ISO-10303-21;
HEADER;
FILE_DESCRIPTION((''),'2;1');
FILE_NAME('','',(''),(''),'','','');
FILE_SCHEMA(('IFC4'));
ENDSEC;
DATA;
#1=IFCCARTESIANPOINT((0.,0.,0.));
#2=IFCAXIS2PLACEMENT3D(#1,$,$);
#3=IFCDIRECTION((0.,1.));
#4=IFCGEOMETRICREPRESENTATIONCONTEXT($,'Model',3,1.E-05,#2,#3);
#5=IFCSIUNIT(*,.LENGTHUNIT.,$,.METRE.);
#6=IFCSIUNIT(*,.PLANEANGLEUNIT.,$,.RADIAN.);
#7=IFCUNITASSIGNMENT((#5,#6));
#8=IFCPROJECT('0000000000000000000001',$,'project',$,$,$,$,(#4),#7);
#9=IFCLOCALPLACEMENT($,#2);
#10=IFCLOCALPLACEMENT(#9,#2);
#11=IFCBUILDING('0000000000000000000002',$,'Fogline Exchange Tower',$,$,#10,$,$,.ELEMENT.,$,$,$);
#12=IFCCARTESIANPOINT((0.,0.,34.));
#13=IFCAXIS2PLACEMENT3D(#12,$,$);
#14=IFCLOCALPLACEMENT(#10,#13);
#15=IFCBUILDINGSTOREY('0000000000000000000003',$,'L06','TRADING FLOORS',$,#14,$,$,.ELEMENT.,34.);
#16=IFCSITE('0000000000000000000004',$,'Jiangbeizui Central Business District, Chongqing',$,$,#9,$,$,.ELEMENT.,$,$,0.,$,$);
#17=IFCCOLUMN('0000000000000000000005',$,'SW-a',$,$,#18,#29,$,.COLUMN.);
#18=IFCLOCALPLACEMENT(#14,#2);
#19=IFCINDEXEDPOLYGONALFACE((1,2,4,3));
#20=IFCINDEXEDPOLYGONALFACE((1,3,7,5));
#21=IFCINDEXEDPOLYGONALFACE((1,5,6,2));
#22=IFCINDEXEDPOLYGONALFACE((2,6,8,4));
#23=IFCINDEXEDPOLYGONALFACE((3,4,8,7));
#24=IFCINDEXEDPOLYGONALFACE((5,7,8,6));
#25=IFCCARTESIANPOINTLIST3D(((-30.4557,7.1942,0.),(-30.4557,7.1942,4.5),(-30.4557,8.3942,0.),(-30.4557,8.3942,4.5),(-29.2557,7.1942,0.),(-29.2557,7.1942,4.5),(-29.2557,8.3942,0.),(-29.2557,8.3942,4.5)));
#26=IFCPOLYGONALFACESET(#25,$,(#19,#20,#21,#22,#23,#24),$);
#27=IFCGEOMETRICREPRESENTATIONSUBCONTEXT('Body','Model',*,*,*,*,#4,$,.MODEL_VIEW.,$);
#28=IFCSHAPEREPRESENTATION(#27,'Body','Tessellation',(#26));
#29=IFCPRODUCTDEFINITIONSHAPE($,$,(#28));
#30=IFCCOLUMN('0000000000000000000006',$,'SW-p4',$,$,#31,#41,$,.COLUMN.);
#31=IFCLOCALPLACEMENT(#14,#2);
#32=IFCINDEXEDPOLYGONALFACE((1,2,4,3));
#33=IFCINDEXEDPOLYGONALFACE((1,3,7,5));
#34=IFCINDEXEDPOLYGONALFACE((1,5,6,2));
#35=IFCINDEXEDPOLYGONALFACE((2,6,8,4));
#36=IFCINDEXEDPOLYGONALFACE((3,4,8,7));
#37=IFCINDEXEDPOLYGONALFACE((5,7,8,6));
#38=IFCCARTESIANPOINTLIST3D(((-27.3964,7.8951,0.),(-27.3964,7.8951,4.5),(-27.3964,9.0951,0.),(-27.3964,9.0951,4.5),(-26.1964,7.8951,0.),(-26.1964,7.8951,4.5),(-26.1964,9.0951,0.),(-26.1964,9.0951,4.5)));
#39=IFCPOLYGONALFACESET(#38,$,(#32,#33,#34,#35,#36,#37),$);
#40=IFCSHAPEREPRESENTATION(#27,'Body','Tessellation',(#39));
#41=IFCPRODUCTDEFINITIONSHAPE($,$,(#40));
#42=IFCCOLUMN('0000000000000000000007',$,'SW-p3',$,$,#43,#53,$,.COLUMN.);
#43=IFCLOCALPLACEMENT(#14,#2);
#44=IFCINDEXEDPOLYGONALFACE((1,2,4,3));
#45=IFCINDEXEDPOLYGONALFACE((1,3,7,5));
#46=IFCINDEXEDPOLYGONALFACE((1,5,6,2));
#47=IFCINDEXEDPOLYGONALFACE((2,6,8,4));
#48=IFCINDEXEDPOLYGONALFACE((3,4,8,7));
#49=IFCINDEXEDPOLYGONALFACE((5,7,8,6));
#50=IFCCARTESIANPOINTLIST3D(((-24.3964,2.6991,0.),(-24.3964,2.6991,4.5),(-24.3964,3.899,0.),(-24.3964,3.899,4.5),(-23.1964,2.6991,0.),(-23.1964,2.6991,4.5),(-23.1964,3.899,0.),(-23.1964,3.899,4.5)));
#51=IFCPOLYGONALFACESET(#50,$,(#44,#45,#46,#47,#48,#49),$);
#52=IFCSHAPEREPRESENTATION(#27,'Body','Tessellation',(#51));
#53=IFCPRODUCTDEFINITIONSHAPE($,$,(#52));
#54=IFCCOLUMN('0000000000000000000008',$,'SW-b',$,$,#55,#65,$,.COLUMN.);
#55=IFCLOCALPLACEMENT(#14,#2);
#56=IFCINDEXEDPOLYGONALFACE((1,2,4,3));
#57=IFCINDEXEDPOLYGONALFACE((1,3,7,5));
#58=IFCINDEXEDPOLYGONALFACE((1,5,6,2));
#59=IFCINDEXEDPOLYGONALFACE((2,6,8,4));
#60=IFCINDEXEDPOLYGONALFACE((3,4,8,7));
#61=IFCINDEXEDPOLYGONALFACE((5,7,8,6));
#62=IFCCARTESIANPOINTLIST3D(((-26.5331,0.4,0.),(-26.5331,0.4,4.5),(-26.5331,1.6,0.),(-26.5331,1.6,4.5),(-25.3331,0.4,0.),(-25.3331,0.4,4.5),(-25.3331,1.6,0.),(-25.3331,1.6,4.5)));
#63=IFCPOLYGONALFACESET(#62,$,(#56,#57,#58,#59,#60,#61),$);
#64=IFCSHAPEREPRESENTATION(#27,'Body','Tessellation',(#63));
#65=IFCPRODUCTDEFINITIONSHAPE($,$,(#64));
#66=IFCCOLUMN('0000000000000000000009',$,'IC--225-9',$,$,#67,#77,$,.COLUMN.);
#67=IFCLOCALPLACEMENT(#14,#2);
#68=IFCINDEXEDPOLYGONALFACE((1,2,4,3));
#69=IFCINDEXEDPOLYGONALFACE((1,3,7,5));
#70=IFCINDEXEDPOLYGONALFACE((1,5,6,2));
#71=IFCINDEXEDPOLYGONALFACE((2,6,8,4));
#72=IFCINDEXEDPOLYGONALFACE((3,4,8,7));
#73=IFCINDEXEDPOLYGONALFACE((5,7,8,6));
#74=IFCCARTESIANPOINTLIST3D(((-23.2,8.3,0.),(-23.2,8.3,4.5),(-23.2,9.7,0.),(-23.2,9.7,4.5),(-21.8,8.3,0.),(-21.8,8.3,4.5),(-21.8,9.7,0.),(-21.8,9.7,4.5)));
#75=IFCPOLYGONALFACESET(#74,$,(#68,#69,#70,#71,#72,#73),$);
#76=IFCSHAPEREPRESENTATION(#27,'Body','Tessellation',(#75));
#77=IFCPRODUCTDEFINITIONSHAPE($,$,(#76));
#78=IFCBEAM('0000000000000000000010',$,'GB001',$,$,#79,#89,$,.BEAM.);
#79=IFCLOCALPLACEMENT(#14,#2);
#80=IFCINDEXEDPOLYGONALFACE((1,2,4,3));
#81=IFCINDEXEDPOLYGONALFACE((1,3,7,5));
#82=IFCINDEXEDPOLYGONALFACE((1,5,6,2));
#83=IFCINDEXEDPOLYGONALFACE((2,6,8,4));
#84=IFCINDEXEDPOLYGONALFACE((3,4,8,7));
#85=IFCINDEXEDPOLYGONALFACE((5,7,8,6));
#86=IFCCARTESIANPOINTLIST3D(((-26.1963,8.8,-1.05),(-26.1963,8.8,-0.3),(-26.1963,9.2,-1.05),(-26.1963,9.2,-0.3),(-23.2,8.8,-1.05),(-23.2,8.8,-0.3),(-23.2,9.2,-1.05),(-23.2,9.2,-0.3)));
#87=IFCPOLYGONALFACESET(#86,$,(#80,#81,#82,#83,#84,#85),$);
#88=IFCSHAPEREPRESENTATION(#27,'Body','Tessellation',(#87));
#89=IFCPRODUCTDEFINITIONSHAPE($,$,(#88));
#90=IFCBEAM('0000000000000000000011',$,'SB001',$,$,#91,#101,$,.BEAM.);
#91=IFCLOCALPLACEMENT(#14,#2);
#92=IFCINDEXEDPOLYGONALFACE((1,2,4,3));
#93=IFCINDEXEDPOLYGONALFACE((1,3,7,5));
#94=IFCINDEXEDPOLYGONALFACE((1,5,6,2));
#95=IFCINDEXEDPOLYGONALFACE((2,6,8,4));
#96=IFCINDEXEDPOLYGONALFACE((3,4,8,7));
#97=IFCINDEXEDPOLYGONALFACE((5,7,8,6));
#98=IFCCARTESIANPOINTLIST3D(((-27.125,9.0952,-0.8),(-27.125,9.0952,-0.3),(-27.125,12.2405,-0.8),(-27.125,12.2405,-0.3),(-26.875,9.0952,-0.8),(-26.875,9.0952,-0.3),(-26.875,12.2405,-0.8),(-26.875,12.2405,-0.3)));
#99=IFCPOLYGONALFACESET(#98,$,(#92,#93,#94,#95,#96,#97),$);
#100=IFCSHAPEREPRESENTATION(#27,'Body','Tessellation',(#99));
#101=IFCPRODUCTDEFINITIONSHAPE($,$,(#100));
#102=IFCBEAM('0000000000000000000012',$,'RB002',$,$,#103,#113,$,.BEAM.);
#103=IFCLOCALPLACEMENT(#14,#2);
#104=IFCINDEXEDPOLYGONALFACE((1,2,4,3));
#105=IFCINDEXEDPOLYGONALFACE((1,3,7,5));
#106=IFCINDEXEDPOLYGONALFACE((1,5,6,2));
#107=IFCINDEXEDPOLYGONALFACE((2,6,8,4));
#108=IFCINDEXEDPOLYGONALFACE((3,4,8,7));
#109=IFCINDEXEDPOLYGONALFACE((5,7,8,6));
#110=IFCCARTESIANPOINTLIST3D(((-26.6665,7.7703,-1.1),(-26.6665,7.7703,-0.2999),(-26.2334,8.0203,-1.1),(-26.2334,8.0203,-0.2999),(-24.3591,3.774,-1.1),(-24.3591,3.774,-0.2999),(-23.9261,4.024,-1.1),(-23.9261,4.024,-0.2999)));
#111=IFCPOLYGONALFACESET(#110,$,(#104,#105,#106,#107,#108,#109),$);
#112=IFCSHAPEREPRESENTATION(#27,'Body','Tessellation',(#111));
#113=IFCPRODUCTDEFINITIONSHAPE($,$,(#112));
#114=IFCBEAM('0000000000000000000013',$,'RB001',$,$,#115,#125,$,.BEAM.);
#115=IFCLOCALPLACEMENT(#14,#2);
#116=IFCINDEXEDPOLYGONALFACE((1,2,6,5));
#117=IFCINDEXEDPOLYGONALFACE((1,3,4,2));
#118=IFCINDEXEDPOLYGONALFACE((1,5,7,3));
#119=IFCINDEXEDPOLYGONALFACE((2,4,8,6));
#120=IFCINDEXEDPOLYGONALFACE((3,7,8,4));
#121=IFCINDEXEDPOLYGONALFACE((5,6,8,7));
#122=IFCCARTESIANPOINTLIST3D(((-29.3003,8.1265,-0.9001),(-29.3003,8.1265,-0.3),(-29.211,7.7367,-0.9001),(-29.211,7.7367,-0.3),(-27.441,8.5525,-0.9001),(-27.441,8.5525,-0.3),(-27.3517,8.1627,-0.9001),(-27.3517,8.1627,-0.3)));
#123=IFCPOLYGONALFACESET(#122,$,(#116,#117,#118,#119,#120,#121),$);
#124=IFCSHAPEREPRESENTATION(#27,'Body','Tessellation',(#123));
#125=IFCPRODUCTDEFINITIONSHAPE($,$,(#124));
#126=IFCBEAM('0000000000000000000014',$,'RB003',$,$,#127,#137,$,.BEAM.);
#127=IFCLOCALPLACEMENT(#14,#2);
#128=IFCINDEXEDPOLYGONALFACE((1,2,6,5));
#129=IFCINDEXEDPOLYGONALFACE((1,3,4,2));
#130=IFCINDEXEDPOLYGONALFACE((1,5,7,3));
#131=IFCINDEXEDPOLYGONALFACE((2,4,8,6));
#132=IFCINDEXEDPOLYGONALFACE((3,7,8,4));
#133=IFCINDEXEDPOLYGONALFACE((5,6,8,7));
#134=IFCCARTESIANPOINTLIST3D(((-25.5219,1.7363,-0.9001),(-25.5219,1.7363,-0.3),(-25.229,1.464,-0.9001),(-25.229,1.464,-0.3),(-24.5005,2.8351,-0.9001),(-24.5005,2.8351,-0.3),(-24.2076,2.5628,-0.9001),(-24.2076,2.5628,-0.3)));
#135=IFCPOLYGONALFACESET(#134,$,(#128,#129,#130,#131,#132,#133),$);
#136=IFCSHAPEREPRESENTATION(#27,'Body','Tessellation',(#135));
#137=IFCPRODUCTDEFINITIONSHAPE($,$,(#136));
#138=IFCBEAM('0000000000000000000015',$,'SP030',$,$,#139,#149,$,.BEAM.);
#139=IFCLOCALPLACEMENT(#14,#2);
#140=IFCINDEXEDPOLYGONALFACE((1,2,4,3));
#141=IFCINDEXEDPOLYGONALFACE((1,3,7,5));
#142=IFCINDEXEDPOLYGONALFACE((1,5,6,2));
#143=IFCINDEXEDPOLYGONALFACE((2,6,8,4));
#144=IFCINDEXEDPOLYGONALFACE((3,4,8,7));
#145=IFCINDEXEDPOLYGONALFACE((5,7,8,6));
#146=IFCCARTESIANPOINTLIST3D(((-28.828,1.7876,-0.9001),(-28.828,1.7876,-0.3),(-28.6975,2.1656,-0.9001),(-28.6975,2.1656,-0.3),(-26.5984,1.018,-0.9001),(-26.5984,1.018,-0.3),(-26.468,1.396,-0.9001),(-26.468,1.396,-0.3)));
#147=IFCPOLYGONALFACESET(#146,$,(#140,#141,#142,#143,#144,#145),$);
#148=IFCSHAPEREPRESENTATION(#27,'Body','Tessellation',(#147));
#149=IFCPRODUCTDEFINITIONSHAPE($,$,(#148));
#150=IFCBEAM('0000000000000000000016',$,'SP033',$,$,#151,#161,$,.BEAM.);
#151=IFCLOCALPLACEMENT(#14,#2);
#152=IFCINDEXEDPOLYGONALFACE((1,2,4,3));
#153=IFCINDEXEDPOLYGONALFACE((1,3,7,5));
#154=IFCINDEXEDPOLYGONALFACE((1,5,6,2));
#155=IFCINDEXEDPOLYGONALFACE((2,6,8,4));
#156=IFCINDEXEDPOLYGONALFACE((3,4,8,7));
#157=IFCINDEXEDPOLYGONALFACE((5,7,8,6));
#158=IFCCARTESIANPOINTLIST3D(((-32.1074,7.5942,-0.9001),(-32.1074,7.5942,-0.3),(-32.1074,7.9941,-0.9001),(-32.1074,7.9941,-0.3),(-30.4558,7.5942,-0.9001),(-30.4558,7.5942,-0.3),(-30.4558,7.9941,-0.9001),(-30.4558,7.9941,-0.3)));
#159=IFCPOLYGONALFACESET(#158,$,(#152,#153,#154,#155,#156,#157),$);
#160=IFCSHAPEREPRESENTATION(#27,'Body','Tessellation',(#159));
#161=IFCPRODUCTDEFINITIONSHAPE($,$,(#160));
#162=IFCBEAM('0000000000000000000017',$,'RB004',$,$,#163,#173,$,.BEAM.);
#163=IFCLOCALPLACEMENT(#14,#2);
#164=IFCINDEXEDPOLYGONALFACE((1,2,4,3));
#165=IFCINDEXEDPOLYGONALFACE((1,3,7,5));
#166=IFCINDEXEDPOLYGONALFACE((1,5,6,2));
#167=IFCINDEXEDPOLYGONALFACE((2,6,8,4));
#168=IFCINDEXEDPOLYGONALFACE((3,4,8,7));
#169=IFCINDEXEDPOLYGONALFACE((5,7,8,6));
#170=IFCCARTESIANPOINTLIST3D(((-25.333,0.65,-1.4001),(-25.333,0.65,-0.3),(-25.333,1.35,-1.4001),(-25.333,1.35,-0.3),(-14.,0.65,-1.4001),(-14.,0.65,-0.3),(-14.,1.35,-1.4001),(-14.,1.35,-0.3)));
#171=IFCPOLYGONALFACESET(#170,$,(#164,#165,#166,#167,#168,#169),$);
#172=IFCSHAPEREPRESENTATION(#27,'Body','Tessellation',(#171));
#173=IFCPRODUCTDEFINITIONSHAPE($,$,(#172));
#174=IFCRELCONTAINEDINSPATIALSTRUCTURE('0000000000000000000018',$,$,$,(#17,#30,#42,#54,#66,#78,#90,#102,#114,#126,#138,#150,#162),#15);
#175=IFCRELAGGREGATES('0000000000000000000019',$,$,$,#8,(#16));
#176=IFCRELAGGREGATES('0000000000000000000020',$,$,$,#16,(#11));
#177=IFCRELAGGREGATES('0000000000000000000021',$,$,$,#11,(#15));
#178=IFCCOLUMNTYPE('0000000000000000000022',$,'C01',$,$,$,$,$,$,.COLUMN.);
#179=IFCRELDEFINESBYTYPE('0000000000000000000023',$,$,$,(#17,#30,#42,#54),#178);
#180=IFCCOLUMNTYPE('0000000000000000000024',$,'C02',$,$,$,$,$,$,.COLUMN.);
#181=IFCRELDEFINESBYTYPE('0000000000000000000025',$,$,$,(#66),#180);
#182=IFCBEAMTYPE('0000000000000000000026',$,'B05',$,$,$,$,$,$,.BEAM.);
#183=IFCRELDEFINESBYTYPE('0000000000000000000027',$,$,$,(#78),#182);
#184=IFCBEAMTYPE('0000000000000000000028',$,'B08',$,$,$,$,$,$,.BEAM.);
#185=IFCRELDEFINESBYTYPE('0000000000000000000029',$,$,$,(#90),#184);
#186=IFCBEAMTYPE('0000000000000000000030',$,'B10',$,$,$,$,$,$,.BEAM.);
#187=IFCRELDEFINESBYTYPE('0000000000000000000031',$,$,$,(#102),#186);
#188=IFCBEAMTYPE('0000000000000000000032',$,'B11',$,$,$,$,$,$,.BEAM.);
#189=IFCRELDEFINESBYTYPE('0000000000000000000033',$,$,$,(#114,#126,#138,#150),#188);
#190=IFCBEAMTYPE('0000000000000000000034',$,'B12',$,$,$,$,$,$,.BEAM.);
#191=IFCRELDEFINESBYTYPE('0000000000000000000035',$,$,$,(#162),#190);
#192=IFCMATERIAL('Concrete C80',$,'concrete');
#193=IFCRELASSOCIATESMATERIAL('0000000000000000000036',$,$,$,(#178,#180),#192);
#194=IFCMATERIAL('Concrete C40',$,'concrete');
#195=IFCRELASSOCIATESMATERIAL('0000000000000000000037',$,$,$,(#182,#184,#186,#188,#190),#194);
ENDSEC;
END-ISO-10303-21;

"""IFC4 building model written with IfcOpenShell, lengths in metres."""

from ifc_helpers import new_model, si_unit, direction, frame, origin, origin_2d, place, context, subcontext, project, spatial, rectangle, extrude, material, material_profile, profile_set, type_object, element, save


model = new_model("IFC4")

# Units and contexts
model_context = context("Model", 3, precision=1e-05, world=origin(), true_north=direction((0.0, 1.0)))
body_context = subcontext(model_context, "Body", "Model", "MODEL_VIEW")
ifc_project = project(units=[si_unit("LENGTHUNIT", "METRE"), si_unit("PLANEANGLEUNIT", "RADIAN")], contexts=[model_context])

# Site, building, storey
site_placement = place(None, origin())
site = spatial("IfcSite", under=ifc_project, at=site_placement, Name="Jiangbeizui Central Business District, Chongqing", CompositionType="ELEMENT", RefElevation=0.0)
building_placement = place(site_placement, origin())
building = spatial("IfcBuilding", under=site, at=building_placement, Name="Fogline Exchange Tower", CompositionType="ELEMENT")
storey_placement = place(building_placement, frame((0.0, 0.0, 34.0)))
storey = spatial("IfcBuildingStorey", under=building, at=storey_placement, Name="L06", Description="TRADING FLOORS", CompositionType="ELEMENT", Elevation=34.0)

# Columns
ifc_material_1 = material(Name="Concrete C80", Category="concrete")
ifc_material_profile_1 = material_profile(ifc_material_1, rectangle(XDim=1.2, YDim=1.2, at=origin_2d()), Name="RC 1200x1200")
ifc_profile_set_1 = profile_set([ifc_material_profile_1], Name="Concrete C80")
column_type_1 = type_object("IfcColumnType", Name="C01", PredefinedType="COLUMN", material=ifc_profile_set_1)
for number, where, z_axis, x_axis, name in (
    (1, (-29.8557, 7.7942, 0.0), (0.0, 0.0, 1.0), (1.0, 0.0, 0.0), "SW-a"),
    (2, (-26.7964, 8.4951, 0.0), (0.0, 0.0, 1.0), (1.0, 0.0, 0.0), "SW-p4"),
    (3, (-23.7964, 3.2991, 0.0), (0.0, 0.0, 1.0), (1.0, 0.0, 0.0), "SW-p3"),
    (4, (-25.9331, 1.0, 0.0), (0.0, 0.0, 1.0), (1.0, 0.0, 0.0), "SW-b"),
):
    element("IfcColumn", number, at=place(storey_placement, frame(where, z_axis=z_axis, x_axis=x_axis)), inside=storey, type_object=column_type_1, Name=name, PredefinedType="COLUMN", context=body_context, shape_type="SweptSolid", body=[
        extrude(rectangle(XDim=1.2, YDim=1.2, at=origin_2d()), origin(), (0.0, 0.0, 1.0), 4.5),
    ])
ifc_material_profile_2 = material_profile(ifc_material_1, rectangle(XDim=1.3999, YDim=1.3999, at=origin_2d()), Name="RC 1400x1400")
ifc_profile_set_2 = profile_set([ifc_material_profile_2], Name="Concrete C80")
column_type_2 = type_object("IfcColumnType", Name="C02", PredefinedType="COLUMN", material=ifc_profile_set_2)
column_placement = place(storey_placement, frame((-22.5, 9.0, 0.0), z_axis=(0.0, 0.0, 1.0), x_axis=(1.0, 0.0, 0.0)))
element("IfcColumn", 5, at=column_placement, inside=storey, type_object=column_type_2, Name="IC--225-9", PredefinedType="COLUMN", context=body_context, shape_type="SweptSolid", body=[
    extrude(rectangle(XDim=1.3999, YDim=1.3999, at=origin_2d()), origin(), (0.0, 0.0, 1.0), 4.5),
])

# Beams
ifc_material_2 = material(Name="Concrete C40", Category="concrete")
ifc_material_profile_3 = material_profile(ifc_material_2, rectangle(XDim=0.3999, YDim=0.75, at=origin_2d()), Name="RC 400x750")
ifc_profile_set_3 = profile_set([ifc_material_profile_3], Name="Concrete C40")
beam_type_1 = type_object("IfcBeamType", Name="B05", PredefinedType="BEAM", material=ifc_profile_set_3)
beam_1_placement = place(storey_placement, frame((-26.1963, 9.0, -0.675), z_axis=(1.0, 0.0, 0.0), x_axis=(0.0, 1.0, 0.0)))
element("IfcBeam", 6, at=beam_1_placement, inside=storey, type_object=beam_type_1, Name="GB001", PredefinedType="BEAM", context=body_context, shape_type="SweptSolid", body=[
    extrude(rectangle(XDim=0.3999, YDim=0.75, at=origin_2d()), origin(), (0.0, 0.0, 1.0), 2.9963),
])
ifc_material_profile_4 = material_profile(ifc_material_2, rectangle(XDim=0.25, YDim=0.5, at=origin_2d()), Name="RC 250x500")
ifc_profile_set_4 = profile_set([ifc_material_profile_4], Name="Concrete C40")
beam_type_2 = type_object("IfcBeamType", Name="B08", PredefinedType="BEAM", material=ifc_profile_set_4)
beam_2_placement = place(storey_placement, frame((-27.0, 9.0952, -0.55), z_axis=(0.0, 1.0, 0.0), x_axis=(-1.0, 0.0, 0.0)))
element("IfcBeam", 7, at=beam_2_placement, inside=storey, type_object=beam_type_2, Name="SB001", PredefinedType="BEAM", context=body_context, shape_type="SweptSolid", body=[
    extrude(rectangle(XDim=0.25, YDim=0.5, at=origin_2d()), origin(), (0.0, 0.0, 1.0), 3.1453),
])
ifc_material_profile_5 = material_profile(ifc_material_2, rectangle(XDim=0.5, YDim=0.8, at=origin_2d()), Name="RC 500x800")
ifc_profile_set_5 = profile_set([ifc_material_profile_5], Name="Concrete C40")
beam_type_3 = type_object("IfcBeamType", Name="B10", PredefinedType="BEAM", material=ifc_profile_set_5)
beam_3_placement = place(storey_placement, frame((-26.45, 7.8953, -0.7), z_axis=(0.500014, -0.866017, 0.0), x_axis=(0.866017, 0.500014, 0.0)))
element("IfcBeam", 8, at=beam_3_placement, inside=storey, type_object=beam_type_3, Name="RB002", PredefinedType="BEAM", context=body_context, shape_type="SweptSolid", body=[
    extrude(rectangle(XDim=0.5, YDim=0.8, at=origin_2d()), origin(), (0.0, 0.0, 1.0), 4.6145),
])
ifc_material_profile_6 = material_profile(ifc_material_2, rectangle(XDim=0.3999, YDim=0.6001, at=origin_2d()), Name="RC 400x600")
ifc_profile_set_6 = profile_set([ifc_material_profile_6], Name="Concrete C40")
beam_type_4 = type_object("IfcBeamType", Name="B11", PredefinedType="BEAM", material=ifc_profile_set_6)
beam_4_placement = place(storey_placement, frame((-29.2556, 7.9316, -0.6001), z_axis=(0.974742, 0.223336, 0.0), x_axis=(-0.223336, 0.974742, 0.0)))
element("IfcBeam", 9, at=beam_4_placement, inside=storey, type_object=beam_type_4, Name="RB001", PredefinedType="BEAM", context=body_context, shape_type="SweptSolid", body=[
    extrude(rectangle(XDim=0.3999, YDim=0.6001, at=origin_2d()), origin(), (0.0, 0.0, 1.0), 1.9075),
])
beam_5_placement = place(storey_placement, frame((-24.354, 2.699, -0.6001), z_axis=(-0.680844, -0.732428, 0.0), x_axis=(0.732428, -0.680844, 0.0)))
element("IfcBeam", 10, at=beam_5_placement, inside=storey, type_object=beam_type_4, Name="RB003", PredefinedType="BEAM", context=body_context, shape_type="SweptSolid", body=[
    extrude(rectangle(XDim=0.3999, YDim=0.6001, at=origin_2d()), origin(), (0.0, 0.0, 1.0), 1.5002),
])
beam_6_placement = place(storey_placement, frame((-26.5332, 1.207, -0.6001), z_axis=(-0.945276, 0.326271, 0.0), x_axis=(-0.326271, -0.945276, 0.0)))
element("IfcBeam", 11, at=beam_6_placement, inside=storey, type_object=beam_type_4, Name="SP030", PredefinedType="BEAM", context=body_context, shape_type="SweptSolid", body=[
    extrude(rectangle(XDim=0.3999, YDim=0.6001, at=origin_2d()), origin(), (0.0, 0.0, 1.0), 2.3586),
])
beam_7_placement = place(storey_placement, frame((-30.4558, 7.7942, -0.6001), z_axis=(-1.0, 0.0, 0.0), x_axis=(0.0, -1.0, 0.0)))
element("IfcBeam", 12, at=beam_7_placement, inside=storey, type_object=beam_type_4, Name="SP033", PredefinedType="BEAM", context=body_context, shape_type="SweptSolid", body=[
    extrude(rectangle(XDim=0.3999, YDim=0.6001, at=origin_2d()), origin(), (0.0, 0.0, 1.0), 1.6516),
])
ifc_material_profile_7 = material_profile(ifc_material_2, rectangle(XDim=0.7, YDim=1.1001, at=origin_2d()), Name="RC 700x1100")
ifc_profile_set_7 = profile_set([ifc_material_profile_7], Name="Concrete C40")
beam_type_5 = type_object("IfcBeamType", Name="B12", PredefinedType="BEAM", material=ifc_profile_set_7)
beam_8_placement = place(storey_placement, frame((-25.333, 1.0, -0.8501), z_axis=(1.0, 0.0, 0.0), x_axis=(0.0, 1.0, 0.0)))
element("IfcBeam", 13, at=beam_8_placement, inside=storey, type_object=beam_type_5, Name="RB004", PredefinedType="BEAM", context=body_context, shape_type="SweptSolid", body=[
    extrude(rectangle(XDim=0.7, YDim=1.1001, at=origin_2d()), origin(), (0.0, 0.0, 1.0), 11.333),
])

save(model, "model.ifc")
